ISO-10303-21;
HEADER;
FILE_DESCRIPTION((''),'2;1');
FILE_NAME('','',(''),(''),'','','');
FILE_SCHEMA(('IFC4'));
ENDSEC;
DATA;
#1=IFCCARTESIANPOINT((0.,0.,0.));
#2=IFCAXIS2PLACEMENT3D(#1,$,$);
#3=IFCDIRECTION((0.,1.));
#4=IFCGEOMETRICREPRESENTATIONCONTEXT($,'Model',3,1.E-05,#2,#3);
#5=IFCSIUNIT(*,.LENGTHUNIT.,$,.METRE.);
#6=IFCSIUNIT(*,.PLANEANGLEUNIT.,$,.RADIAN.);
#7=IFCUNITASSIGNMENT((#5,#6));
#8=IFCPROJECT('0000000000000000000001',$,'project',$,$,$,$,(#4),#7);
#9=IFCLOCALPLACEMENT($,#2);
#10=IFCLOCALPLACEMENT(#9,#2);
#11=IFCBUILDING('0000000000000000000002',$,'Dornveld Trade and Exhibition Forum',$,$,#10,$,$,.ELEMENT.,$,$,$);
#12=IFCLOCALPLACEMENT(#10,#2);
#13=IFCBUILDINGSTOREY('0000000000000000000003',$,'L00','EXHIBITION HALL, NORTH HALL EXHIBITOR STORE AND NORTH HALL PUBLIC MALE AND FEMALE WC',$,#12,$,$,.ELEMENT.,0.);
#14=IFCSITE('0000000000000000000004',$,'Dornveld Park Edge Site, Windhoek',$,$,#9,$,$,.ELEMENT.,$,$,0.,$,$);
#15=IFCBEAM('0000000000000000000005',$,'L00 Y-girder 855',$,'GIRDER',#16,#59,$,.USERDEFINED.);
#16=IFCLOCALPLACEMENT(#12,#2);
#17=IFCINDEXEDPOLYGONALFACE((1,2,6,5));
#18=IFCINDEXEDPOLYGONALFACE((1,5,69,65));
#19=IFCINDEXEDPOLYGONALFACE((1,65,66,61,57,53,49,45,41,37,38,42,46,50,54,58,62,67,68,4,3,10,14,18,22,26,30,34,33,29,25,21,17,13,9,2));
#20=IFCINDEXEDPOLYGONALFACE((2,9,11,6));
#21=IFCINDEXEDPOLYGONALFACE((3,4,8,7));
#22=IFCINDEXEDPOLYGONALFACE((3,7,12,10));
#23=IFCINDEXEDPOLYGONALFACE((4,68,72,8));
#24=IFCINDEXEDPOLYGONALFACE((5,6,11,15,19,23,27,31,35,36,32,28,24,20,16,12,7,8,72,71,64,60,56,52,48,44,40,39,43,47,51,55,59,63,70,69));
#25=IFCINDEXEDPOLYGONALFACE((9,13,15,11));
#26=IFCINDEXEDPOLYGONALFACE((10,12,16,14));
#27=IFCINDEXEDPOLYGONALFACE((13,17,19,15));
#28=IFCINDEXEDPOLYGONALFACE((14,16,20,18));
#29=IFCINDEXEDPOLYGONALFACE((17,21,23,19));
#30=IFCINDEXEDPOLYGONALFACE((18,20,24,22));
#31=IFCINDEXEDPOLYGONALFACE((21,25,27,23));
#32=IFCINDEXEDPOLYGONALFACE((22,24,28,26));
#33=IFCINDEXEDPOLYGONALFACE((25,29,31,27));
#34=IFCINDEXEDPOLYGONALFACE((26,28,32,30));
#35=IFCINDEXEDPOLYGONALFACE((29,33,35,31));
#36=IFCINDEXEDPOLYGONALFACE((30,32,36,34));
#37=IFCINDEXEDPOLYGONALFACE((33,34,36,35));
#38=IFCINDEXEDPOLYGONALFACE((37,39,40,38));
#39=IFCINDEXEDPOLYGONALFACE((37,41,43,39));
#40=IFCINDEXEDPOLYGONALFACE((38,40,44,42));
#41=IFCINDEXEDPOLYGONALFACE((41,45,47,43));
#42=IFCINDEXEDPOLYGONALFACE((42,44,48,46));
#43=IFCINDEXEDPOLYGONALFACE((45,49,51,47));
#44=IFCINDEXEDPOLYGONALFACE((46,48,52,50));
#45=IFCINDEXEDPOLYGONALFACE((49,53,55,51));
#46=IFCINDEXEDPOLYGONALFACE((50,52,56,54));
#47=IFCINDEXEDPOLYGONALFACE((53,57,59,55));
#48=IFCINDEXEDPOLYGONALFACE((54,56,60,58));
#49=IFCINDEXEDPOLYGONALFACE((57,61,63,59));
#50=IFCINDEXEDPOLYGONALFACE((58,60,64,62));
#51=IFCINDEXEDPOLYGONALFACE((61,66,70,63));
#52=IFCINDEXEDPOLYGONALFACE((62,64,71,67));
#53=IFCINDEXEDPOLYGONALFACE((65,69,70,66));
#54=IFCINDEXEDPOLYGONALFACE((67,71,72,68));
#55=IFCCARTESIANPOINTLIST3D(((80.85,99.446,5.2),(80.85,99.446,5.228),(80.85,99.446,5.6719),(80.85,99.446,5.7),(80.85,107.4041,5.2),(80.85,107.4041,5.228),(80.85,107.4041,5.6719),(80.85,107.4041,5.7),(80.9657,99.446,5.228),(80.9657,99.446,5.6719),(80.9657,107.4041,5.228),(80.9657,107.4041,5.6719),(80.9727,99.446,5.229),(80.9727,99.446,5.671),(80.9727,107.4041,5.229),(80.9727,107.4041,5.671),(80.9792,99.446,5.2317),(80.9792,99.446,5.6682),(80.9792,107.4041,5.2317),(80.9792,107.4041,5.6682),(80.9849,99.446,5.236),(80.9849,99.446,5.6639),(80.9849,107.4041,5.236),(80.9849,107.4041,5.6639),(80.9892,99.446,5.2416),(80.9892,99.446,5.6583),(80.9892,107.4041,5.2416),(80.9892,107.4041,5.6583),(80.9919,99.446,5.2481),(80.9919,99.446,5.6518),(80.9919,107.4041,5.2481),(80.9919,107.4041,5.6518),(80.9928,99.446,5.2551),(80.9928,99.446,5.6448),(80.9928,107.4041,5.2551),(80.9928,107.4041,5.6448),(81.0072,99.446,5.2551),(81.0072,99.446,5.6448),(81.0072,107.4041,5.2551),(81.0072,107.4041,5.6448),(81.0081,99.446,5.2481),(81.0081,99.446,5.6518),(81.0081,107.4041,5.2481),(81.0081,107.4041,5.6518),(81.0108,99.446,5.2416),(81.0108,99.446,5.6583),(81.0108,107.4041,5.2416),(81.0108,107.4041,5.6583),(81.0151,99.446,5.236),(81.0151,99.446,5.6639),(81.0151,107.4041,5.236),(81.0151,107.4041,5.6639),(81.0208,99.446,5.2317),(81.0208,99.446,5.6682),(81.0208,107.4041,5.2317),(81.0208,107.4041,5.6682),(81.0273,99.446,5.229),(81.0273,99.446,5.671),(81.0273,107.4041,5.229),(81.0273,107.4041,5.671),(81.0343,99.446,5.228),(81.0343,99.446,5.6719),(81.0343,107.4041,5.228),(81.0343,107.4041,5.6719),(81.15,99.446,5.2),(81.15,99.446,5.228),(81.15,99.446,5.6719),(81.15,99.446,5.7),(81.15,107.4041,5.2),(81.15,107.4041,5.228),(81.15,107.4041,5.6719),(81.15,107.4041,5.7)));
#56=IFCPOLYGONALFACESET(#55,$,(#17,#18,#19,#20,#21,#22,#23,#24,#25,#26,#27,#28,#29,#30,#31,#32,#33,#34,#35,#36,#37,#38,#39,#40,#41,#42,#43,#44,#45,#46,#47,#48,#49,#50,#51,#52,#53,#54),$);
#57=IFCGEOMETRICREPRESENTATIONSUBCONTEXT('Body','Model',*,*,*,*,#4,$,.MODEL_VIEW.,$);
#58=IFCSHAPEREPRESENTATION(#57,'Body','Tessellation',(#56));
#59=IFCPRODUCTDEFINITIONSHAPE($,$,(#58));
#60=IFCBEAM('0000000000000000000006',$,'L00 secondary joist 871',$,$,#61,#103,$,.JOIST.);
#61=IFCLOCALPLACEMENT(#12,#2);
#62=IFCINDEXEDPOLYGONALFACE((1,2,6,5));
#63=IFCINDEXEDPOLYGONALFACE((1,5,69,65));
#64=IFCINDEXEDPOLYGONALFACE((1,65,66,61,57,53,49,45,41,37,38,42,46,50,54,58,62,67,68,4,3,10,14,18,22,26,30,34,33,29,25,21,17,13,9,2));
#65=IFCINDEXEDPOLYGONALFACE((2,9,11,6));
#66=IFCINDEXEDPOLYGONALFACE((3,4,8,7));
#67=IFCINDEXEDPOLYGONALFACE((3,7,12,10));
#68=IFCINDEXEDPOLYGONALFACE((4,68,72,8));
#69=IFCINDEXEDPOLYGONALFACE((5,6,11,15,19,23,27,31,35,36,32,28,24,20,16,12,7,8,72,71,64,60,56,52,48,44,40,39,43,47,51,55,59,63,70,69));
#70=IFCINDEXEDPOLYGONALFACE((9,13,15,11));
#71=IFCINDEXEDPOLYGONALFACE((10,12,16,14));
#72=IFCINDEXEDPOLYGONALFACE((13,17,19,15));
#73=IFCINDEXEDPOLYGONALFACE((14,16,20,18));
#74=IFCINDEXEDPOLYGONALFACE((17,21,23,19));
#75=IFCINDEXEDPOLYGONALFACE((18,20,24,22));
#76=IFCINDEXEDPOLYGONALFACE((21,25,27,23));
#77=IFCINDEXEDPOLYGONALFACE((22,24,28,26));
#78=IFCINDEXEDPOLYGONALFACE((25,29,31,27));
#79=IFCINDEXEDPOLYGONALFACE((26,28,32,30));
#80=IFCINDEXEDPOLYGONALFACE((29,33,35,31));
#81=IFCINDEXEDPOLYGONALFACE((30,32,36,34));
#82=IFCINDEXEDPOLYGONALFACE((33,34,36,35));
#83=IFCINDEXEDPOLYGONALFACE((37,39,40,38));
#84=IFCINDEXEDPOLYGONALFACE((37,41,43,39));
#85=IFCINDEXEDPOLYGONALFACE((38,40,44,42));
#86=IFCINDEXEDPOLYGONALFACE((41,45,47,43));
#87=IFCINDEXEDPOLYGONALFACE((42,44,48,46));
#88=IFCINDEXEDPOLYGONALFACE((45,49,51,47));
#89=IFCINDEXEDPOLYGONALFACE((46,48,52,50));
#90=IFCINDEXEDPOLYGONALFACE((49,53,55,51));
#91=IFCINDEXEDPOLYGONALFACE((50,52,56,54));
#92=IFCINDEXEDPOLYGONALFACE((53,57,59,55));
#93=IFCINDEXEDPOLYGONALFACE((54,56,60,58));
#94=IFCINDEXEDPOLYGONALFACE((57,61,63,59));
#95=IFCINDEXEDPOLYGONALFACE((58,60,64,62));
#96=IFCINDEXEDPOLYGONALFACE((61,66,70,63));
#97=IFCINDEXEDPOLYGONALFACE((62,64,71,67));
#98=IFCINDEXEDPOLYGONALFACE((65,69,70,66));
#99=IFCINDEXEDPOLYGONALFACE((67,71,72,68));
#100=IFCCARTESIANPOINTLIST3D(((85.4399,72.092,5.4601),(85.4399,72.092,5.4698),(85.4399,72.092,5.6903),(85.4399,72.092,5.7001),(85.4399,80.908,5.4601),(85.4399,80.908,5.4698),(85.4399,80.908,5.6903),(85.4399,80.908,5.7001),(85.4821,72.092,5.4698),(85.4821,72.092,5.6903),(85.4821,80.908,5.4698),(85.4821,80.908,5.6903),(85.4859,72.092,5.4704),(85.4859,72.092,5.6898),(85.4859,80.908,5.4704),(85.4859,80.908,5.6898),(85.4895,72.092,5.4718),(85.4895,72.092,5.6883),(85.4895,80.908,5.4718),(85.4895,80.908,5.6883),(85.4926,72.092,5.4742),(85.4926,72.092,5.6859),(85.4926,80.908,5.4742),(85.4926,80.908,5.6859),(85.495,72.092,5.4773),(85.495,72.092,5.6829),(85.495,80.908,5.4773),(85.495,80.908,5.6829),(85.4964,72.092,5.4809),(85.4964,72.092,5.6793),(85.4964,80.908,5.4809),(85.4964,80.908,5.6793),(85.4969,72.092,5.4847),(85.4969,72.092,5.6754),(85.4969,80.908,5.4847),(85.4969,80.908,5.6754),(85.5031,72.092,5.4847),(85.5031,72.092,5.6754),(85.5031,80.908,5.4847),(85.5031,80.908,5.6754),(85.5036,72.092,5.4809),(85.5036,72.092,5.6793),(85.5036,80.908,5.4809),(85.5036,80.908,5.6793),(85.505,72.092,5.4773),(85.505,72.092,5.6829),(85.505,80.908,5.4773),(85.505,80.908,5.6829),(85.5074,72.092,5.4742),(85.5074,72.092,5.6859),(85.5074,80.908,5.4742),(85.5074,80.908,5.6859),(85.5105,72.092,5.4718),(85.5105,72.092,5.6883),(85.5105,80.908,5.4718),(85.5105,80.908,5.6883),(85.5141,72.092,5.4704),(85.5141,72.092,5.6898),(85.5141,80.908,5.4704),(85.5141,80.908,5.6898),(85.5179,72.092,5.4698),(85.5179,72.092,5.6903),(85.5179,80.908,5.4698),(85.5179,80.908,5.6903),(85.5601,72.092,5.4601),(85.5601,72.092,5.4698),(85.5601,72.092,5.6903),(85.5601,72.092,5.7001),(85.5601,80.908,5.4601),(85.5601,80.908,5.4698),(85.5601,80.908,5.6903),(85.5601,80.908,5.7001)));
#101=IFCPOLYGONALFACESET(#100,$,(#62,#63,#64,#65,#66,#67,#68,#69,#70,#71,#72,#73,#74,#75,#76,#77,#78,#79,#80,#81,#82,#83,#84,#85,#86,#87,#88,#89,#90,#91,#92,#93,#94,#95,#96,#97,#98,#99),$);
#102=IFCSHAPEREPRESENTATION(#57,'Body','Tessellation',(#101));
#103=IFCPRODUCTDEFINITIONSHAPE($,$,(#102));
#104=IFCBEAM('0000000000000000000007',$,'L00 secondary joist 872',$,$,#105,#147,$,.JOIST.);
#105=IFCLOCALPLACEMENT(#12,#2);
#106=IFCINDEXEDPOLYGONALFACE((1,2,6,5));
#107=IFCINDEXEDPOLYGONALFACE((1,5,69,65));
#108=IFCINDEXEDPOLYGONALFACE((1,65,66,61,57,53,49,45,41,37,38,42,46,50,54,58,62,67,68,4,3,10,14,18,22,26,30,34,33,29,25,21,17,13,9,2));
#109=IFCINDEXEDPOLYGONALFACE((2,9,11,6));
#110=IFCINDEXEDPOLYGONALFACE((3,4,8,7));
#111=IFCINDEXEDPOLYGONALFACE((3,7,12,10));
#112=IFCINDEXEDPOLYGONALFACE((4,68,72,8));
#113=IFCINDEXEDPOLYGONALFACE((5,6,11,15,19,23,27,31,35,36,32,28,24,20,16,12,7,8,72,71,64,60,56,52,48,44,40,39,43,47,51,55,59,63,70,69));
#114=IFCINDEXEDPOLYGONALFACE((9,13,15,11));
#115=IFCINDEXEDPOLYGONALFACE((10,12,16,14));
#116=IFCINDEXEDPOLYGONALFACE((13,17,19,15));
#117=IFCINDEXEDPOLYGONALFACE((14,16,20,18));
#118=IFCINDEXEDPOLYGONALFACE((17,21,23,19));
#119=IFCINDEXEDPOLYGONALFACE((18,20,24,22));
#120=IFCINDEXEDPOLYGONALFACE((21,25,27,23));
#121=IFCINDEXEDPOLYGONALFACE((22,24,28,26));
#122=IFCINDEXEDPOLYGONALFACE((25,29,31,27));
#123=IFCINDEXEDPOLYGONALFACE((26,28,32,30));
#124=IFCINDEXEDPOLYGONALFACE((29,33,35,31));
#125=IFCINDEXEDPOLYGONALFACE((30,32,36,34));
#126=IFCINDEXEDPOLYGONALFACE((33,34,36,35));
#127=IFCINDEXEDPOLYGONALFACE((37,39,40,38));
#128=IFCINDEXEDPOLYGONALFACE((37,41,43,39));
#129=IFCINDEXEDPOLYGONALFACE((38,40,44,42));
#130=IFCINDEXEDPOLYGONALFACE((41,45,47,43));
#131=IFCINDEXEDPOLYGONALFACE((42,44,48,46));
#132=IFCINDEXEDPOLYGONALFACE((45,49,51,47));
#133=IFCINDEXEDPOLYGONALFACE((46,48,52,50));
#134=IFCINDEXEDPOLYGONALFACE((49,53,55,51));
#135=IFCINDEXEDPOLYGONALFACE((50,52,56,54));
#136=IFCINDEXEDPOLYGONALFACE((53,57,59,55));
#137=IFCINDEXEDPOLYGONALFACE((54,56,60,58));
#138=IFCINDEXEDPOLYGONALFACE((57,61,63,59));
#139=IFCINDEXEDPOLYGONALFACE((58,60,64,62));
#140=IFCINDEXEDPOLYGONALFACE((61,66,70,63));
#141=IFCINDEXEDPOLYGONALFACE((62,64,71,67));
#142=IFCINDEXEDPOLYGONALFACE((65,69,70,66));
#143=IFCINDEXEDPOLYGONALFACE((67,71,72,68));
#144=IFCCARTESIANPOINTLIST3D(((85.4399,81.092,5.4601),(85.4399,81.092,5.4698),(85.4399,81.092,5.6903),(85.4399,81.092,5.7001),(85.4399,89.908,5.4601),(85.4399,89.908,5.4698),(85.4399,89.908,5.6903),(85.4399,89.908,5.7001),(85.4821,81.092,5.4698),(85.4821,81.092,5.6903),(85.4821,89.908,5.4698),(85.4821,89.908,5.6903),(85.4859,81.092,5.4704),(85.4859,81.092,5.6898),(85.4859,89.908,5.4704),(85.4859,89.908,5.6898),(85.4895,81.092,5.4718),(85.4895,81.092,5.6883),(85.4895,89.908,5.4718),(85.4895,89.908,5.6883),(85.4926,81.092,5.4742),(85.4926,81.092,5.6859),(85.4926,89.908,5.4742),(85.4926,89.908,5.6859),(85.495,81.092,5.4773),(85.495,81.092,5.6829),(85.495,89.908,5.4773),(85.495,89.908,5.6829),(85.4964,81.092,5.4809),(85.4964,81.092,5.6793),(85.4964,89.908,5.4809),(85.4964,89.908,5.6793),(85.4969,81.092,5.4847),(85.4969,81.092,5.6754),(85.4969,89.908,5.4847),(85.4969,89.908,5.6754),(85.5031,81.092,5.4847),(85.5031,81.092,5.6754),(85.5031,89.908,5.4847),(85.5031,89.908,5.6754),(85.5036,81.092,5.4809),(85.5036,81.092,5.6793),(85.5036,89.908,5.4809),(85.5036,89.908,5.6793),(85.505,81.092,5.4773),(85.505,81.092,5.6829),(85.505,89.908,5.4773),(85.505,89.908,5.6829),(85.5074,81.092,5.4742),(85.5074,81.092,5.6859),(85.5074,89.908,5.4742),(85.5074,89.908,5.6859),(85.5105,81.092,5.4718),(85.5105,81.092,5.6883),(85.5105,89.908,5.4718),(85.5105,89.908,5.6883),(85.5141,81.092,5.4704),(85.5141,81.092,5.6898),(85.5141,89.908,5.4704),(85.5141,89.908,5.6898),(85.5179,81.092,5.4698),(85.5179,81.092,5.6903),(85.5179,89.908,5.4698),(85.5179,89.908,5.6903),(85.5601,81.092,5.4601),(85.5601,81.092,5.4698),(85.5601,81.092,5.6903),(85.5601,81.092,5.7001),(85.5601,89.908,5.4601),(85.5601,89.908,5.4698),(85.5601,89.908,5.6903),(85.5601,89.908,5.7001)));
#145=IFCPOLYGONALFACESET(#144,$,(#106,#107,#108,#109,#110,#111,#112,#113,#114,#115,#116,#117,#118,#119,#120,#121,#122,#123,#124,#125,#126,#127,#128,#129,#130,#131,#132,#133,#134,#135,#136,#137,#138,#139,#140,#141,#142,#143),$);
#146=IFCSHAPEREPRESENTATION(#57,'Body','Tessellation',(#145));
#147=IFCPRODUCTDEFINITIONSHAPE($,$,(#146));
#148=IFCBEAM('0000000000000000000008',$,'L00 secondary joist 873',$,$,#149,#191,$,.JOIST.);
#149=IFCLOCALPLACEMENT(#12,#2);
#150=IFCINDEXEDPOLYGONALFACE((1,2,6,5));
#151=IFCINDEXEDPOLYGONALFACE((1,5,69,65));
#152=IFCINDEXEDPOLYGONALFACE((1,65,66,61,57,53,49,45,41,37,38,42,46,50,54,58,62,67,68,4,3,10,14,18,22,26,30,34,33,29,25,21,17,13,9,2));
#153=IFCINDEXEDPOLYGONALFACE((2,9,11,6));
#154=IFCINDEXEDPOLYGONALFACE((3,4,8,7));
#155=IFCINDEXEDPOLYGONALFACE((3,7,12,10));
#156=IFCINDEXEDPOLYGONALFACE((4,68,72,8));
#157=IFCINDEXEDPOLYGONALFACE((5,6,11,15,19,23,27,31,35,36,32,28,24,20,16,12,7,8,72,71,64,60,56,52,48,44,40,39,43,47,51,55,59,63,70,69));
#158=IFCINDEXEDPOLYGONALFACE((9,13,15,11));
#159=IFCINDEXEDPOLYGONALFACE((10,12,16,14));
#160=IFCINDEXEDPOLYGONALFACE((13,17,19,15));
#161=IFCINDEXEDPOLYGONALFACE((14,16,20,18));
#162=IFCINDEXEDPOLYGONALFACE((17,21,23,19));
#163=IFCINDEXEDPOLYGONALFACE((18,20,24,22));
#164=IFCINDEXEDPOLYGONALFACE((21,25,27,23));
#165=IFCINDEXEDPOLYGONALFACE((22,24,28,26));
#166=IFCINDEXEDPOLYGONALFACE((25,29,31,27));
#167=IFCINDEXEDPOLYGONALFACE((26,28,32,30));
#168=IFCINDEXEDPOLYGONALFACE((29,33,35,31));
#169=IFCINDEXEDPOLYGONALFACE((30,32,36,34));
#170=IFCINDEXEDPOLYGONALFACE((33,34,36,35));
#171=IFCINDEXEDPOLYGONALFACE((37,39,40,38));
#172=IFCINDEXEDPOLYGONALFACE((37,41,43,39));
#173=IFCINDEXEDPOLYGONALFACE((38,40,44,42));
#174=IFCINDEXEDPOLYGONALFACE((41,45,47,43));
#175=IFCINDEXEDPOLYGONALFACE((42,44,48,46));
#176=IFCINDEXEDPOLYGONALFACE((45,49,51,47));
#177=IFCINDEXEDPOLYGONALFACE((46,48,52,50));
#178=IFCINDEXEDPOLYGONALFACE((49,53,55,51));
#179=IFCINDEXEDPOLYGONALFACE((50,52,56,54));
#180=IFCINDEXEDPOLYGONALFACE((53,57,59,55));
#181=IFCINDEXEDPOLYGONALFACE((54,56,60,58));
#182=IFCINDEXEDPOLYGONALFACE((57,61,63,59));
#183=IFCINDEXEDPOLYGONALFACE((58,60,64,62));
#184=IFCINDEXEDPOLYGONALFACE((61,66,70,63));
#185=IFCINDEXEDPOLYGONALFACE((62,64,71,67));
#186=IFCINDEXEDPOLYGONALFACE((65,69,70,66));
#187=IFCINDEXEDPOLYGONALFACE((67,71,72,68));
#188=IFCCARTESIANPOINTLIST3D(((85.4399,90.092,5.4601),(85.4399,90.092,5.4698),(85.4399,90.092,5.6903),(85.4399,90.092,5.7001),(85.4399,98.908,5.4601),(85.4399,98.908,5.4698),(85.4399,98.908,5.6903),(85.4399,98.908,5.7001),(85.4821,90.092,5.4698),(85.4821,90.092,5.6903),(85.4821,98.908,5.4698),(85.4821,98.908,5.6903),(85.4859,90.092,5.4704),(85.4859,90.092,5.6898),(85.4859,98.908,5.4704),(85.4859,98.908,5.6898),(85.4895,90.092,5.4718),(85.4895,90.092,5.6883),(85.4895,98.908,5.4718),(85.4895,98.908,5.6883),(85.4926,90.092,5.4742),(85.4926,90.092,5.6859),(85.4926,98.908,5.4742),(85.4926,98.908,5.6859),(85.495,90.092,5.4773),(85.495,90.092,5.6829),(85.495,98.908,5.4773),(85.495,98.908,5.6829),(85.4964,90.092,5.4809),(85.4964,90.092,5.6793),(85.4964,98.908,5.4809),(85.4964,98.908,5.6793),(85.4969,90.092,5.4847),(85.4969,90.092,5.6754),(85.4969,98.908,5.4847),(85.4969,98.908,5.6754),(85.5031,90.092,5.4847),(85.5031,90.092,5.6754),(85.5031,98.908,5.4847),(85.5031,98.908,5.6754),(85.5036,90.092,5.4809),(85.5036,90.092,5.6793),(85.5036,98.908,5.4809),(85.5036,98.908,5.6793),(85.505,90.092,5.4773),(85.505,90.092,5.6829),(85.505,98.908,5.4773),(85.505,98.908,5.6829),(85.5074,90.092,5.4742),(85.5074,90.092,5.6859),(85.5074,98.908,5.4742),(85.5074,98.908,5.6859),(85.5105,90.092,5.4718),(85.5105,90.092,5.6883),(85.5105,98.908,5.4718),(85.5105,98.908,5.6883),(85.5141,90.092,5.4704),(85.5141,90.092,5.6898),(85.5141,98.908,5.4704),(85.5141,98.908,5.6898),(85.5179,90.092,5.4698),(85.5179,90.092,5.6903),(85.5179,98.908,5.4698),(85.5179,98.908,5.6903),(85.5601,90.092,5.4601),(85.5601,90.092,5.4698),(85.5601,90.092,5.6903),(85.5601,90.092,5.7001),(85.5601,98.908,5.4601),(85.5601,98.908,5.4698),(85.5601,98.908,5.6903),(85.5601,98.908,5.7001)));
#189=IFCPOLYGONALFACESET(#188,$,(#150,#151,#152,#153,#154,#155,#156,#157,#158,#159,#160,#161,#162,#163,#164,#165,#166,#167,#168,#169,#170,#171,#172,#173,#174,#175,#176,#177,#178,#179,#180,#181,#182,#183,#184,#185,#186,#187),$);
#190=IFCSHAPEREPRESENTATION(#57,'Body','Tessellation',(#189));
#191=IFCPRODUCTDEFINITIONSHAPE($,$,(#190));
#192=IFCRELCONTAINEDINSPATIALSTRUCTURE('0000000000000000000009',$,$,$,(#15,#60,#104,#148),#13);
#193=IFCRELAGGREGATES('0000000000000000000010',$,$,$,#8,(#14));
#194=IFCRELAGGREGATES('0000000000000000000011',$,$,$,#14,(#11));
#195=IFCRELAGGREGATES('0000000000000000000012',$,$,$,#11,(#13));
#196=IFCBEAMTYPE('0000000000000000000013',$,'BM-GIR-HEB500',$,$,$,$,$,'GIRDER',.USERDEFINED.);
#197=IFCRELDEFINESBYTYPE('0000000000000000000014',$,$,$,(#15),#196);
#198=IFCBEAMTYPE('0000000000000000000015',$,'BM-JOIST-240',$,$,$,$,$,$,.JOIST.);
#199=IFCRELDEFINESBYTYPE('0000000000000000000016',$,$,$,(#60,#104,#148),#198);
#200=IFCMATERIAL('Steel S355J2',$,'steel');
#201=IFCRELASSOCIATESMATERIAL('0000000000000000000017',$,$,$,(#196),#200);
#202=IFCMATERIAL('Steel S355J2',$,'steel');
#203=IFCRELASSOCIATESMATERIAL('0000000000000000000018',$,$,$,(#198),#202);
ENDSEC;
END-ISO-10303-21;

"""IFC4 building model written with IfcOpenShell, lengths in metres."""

from ifc_helpers import new_model, si_unit, direction, frame, origin, origin_2d, place, context, subcontext, project, spatial, i_section, extrude, material, material_profile, profile_set, type_object, element, save


model = new_model("IFC4")

# Units and contexts
model_context = context("Model", 3, precision=1e-05, world=origin(), true_north=direction((0.0, 1.0)))
body_context = subcontext(model_context, "Body", "Model", "MODEL_VIEW")
ifc_project = project(units=[si_unit("LENGTHUNIT", "METRE"), si_unit("PLANEANGLEUNIT", "RADIAN")], contexts=[model_context])

# Site, building, storey
site_placement = place(None, origin())
site = spatial("IfcSite", under=ifc_project, at=site_placement, Name="Dornveld Park Edge Site, Windhoek", CompositionType="ELEMENT", RefElevation=0.0)
building_placement = place(site_placement, origin())
building = spatial("IfcBuilding", under=site, at=building_placement, Name="Dornveld Trade and Exhibition Forum", CompositionType="ELEMENT")
storey_placement = place(building_placement, origin())
storey = spatial("IfcBuildingStorey", under=building, at=storey_placement, Name="L00", Description="EXHIBITION HALL, NORTH HALL EXHIBITOR STORE AND NORTH HALL PUBLIC MALE AND FEMALE WC", CompositionType="ELEMENT", Elevation=0.0)

# Beams
ifc_material_1 = material(Name="Steel S355J2", Category="steel")
ifc_material_profile_1 = material_profile(ifc_material_1, i_section(OverallWidth=0.3, OverallDepth=0.5, WebThickness=0.0144, FlangeThickness=0.0281, FilletRadius=0.0271, at=origin_2d()), Name="HEB 500")
ifc_profile_set_1 = profile_set([ifc_material_profile_1], Name="Steel S355J2")
beam_type_1 = type_object("IfcBeamType", Name="BM-GIR-HEB500", ElementType="GIRDER", PredefinedType="USERDEFINED", material=ifc_profile_set_1)
beam_placement = place(storey_placement, frame((81.0, 99.446, 5.45), z_axis=(0.0, 1.0, 0.0), x_axis=(-1.0, 0.0, 0.0)))
element("IfcBeam", 1, at=beam_placement, inside=storey, type_object=beam_type_1, Name="L00 Y-girder 855", ObjectType="GIRDER", PredefinedType="USERDEFINED", context=body_context, shape_type="SweptSolid", body=[
    extrude(i_section(OverallWidth=0.3, OverallDepth=0.5, WebThickness=0.0144, FlangeThickness=0.0281, FilletRadius=0.0271, at=origin_2d()), origin(), (0.0, 0.0, 1.0), 7.958),
])
ifc_material_2 = material(Name="Steel S355J2", Category="steel")
ifc_material_profile_2 = material_profile(ifc_material_2, i_section(OverallWidth=0.1201, OverallDepth=0.24, WebThickness=0.0061, FlangeThickness=0.0098, FilletRadius=0.0149, at=origin_2d()), Name="IPE 240")
ifc_profile_set_2 = profile_set([ifc_material_profile_2], Name="Steel S355J2")
beam_type_2 = type_object("IfcBeamType", Name="BM-JOIST-240", PredefinedType="JOIST", material=ifc_profile_set_2)
for number, where, z_axis, x_axis, name in (
    (2, (85.5, 72.092, 5.5801), (0.0, 1.0, 0.0), (-1.0, 0.0, 0.0), "L00 secondary joist 871"),
    (3, (85.5, 81.092, 5.5801), (0.0, 1.0, 0.0), (-1.0, 0.0, 0.0), "L00 secondary joist 872"),
    (4, (85.5, 90.092, 5.5801), (0.0, 1.0, 0.0), (-1.0, 0.0, 0.0), "L00 secondary joist 873"),
):
    element("IfcBeam", number, at=place(storey_placement, frame(where, z_axis=z_axis, x_axis=x_axis)), inside=storey, type_object=beam_type_2, Name=name, PredefinedType="JOIST", context=body_context, shape_type="SweptSolid", body=[
        extrude(i_section(OverallWidth=0.1201, OverallDepth=0.24, WebThickness=0.0061, FlangeThickness=0.0098, FilletRadius=0.0149, at=origin_2d()), origin(), (0.0, 0.0, 1.0), 8.8159),
    ])

save(model, "model.ifc")
